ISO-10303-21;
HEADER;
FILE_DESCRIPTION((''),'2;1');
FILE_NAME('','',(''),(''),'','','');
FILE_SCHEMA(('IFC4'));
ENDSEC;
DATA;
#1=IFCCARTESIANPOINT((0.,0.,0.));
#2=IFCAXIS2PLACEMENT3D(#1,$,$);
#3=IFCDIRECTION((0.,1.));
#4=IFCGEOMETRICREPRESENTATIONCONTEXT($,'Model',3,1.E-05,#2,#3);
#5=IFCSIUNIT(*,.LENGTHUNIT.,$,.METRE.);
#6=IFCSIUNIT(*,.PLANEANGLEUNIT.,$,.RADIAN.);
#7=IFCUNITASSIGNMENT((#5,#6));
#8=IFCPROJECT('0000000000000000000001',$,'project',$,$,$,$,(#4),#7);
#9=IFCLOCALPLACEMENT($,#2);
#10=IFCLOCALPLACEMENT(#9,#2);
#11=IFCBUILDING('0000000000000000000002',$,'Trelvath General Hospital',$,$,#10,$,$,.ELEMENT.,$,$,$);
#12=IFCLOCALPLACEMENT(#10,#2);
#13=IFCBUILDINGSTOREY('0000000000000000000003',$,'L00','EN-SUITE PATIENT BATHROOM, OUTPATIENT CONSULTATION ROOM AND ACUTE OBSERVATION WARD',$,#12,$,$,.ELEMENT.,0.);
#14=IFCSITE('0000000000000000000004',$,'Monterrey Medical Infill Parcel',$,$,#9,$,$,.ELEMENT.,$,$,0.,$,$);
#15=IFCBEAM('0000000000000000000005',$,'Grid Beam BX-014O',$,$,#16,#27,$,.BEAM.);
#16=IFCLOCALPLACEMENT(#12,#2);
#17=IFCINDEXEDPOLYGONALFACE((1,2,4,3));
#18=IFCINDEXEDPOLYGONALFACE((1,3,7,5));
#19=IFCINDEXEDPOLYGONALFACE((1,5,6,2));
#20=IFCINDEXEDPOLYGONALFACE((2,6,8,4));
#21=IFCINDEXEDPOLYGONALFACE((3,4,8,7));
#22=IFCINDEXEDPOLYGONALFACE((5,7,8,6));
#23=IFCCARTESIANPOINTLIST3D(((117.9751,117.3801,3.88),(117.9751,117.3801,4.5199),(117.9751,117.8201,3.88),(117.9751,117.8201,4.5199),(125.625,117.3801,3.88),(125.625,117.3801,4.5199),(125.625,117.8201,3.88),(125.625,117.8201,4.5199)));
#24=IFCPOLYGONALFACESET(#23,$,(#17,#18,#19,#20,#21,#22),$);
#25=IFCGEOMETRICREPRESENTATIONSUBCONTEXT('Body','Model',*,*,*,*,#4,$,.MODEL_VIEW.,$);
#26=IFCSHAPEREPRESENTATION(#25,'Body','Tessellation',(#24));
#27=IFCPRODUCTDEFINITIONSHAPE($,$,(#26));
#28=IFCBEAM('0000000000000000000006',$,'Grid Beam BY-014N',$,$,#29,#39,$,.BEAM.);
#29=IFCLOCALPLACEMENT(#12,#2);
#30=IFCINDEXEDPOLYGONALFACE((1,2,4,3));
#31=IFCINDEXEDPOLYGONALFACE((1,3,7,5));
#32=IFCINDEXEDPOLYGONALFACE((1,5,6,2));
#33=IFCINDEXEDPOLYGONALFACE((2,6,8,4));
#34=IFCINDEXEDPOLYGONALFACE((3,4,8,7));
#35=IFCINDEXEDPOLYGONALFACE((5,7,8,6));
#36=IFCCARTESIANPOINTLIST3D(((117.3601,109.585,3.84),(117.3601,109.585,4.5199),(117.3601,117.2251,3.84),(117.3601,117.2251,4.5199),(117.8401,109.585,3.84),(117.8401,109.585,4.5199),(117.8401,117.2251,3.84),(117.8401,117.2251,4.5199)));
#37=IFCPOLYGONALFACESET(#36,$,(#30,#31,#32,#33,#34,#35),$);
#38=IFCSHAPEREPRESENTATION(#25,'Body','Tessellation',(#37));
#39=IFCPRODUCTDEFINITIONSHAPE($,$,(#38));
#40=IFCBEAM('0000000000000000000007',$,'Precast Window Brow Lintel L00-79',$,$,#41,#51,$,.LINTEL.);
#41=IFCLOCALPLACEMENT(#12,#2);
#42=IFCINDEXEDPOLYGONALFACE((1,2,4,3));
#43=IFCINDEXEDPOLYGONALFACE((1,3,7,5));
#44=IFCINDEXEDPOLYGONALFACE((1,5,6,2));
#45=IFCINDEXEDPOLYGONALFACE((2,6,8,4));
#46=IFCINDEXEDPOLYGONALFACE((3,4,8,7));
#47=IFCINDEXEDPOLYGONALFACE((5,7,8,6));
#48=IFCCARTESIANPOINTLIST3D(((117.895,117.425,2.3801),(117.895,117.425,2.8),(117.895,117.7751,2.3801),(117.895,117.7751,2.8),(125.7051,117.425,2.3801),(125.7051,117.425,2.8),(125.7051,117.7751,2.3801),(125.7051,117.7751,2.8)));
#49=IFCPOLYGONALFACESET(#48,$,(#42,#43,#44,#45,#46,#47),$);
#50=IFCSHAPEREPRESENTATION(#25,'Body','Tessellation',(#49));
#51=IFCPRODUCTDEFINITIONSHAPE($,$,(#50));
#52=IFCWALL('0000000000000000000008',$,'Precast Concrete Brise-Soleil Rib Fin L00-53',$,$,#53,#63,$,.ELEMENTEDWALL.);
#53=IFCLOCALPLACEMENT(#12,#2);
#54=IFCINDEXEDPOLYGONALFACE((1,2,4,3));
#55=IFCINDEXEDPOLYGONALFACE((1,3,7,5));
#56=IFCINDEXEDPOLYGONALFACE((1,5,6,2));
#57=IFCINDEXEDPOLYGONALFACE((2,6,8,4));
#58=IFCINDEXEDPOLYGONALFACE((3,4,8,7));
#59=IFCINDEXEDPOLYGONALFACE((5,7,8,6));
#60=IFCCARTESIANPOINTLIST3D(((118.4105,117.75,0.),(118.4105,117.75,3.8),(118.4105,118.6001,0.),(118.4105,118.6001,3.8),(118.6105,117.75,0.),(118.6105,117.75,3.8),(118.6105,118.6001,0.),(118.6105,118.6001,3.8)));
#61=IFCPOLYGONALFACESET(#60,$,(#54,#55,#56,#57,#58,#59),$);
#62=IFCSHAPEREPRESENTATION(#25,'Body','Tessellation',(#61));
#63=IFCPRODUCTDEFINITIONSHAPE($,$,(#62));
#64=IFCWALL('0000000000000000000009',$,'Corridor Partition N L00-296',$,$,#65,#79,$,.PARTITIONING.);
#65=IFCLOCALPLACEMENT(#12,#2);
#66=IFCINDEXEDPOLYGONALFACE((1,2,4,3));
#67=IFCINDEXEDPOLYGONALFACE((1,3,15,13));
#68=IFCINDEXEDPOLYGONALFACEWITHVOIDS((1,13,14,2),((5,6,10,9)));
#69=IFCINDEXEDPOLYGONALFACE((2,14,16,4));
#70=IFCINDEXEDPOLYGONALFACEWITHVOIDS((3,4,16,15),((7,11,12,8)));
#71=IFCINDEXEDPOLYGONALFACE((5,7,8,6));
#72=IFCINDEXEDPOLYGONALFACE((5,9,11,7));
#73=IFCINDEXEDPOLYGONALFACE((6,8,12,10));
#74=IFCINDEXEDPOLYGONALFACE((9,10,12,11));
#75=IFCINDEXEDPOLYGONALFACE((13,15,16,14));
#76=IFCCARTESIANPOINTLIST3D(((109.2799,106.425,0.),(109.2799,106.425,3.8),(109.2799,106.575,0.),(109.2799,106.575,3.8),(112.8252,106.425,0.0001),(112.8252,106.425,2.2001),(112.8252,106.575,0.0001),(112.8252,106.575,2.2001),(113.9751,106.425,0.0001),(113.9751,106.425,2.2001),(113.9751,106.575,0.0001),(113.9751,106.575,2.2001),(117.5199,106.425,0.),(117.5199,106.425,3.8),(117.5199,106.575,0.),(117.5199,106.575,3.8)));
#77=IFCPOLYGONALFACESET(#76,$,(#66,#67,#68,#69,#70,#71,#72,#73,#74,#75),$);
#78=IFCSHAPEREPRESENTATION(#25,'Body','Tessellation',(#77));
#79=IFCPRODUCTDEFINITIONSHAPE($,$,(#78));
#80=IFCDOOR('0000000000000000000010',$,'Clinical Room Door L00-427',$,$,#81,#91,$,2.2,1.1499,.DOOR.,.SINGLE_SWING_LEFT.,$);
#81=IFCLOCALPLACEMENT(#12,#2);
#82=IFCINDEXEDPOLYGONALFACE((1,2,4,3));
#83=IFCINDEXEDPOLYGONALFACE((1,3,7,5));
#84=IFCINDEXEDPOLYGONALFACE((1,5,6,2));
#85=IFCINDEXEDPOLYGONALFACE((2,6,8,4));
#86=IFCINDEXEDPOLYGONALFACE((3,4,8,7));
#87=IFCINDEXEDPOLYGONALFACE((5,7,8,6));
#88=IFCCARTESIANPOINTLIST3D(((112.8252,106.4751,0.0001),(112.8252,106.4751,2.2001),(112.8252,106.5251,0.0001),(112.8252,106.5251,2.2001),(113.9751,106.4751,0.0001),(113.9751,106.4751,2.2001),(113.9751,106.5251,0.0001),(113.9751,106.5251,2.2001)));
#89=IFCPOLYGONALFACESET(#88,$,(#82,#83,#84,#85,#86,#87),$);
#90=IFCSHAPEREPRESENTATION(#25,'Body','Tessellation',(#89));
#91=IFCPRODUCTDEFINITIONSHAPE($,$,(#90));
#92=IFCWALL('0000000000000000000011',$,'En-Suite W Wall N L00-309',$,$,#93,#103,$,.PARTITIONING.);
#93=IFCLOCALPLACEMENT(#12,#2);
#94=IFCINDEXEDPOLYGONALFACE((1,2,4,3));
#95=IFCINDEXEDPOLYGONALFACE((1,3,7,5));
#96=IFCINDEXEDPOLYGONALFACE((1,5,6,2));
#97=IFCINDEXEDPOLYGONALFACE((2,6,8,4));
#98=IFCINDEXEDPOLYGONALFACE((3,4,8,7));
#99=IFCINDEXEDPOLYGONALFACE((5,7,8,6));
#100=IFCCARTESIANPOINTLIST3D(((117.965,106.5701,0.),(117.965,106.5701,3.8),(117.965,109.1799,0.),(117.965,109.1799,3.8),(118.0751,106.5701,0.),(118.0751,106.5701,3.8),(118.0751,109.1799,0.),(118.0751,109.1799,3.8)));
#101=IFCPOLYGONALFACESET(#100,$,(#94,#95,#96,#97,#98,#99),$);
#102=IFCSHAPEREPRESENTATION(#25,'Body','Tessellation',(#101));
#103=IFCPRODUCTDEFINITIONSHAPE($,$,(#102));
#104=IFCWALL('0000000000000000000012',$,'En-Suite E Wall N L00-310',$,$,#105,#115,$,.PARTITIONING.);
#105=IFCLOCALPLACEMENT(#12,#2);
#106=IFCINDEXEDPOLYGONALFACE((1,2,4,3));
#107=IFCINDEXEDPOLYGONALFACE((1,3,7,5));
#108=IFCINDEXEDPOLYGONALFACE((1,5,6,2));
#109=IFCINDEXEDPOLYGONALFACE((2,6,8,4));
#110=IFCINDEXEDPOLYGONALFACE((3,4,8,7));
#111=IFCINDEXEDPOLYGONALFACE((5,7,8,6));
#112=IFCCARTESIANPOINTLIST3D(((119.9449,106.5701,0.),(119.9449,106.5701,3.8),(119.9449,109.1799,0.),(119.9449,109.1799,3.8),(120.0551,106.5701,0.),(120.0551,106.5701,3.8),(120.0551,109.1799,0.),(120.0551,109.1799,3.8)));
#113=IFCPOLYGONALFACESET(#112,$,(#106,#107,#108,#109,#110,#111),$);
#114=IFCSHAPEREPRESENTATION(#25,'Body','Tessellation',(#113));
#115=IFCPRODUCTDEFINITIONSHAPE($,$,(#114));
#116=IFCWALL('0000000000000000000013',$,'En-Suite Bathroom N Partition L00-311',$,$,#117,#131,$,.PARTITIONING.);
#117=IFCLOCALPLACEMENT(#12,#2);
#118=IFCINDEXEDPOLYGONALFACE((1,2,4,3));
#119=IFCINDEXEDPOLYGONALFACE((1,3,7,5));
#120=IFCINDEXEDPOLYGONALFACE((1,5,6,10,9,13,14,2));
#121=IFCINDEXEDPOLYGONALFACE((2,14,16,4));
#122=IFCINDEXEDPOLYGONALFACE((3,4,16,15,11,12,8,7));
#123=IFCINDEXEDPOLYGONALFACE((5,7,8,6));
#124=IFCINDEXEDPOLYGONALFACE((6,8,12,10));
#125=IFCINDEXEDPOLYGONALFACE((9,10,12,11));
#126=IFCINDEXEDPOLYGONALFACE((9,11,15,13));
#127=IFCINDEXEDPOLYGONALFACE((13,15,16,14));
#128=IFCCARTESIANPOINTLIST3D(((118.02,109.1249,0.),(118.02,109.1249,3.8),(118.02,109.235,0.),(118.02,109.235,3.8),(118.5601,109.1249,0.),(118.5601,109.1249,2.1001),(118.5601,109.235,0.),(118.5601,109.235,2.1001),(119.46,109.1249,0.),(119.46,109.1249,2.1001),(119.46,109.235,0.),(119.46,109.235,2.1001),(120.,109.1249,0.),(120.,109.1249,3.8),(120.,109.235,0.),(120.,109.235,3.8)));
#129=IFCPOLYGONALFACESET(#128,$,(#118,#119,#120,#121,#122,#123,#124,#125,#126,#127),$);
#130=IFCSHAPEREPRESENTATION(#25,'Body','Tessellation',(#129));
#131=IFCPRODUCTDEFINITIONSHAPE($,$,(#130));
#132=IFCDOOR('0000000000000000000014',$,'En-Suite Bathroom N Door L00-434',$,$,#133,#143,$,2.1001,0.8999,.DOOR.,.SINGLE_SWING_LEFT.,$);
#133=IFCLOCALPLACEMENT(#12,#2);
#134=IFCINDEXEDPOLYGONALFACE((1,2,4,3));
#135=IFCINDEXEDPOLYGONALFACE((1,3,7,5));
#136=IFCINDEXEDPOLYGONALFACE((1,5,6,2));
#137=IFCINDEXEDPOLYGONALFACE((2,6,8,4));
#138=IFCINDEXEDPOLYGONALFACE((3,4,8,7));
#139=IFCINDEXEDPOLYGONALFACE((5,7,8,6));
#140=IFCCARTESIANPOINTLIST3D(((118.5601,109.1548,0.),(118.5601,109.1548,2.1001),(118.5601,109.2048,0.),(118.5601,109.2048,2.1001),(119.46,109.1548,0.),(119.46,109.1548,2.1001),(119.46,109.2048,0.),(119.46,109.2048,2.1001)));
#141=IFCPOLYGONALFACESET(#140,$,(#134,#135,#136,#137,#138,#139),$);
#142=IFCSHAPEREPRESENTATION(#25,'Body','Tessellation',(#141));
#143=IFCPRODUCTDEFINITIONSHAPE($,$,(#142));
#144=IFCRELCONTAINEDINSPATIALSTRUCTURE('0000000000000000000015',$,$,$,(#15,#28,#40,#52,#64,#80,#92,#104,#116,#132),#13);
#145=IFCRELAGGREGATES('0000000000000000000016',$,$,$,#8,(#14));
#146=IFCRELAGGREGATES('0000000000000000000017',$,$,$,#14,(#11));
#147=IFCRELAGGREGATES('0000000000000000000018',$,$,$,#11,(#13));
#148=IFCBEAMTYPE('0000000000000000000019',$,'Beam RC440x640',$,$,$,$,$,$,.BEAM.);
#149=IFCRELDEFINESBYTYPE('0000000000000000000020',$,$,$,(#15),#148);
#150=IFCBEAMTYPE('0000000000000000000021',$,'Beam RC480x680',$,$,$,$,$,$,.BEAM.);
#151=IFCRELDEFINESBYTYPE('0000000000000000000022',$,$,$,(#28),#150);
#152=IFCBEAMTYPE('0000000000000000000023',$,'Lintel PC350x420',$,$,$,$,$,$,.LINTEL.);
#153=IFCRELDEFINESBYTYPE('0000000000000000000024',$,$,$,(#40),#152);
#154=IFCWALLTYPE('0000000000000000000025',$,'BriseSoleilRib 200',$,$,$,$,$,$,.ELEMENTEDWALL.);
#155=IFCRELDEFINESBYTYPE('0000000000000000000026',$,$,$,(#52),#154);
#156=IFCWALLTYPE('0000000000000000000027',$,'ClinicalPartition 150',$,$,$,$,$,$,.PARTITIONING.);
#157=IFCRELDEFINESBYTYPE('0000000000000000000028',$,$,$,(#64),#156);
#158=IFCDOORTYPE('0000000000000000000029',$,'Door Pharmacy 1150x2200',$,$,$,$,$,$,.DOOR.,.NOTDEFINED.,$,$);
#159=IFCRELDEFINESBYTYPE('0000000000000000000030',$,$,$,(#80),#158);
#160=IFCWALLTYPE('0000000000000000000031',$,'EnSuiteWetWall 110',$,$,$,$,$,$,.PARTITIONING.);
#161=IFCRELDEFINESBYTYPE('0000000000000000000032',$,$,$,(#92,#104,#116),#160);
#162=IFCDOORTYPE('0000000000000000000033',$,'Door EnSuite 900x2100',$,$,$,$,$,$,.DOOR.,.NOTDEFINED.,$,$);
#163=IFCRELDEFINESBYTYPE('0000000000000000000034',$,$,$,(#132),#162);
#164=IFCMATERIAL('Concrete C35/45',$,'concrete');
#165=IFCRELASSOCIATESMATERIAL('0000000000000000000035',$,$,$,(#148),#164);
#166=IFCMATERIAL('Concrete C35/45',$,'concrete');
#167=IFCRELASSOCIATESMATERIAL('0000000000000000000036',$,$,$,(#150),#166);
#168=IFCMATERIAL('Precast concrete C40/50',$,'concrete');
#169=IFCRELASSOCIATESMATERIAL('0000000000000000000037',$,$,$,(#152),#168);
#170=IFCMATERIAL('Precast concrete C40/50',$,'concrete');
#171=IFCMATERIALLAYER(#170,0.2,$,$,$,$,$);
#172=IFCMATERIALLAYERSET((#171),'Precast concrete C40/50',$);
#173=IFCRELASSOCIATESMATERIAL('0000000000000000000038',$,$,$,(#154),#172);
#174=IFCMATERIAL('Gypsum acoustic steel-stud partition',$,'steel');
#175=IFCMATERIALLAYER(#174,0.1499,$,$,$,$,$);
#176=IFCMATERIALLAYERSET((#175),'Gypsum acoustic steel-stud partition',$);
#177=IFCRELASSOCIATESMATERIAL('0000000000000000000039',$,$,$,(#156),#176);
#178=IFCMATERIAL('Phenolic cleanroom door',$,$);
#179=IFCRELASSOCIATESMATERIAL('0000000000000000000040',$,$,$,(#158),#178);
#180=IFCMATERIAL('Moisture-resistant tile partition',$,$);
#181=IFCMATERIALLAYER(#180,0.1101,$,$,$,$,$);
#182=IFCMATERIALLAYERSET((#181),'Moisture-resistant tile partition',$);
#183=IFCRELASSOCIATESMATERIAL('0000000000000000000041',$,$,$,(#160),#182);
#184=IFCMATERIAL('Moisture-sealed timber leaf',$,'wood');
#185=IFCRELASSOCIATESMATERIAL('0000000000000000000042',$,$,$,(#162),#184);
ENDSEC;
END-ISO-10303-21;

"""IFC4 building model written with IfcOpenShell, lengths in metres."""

from ifc_helpers import new_model, si_unit, direction, frame, frame_2d, origin, origin_2d, place, context, subcontext, project, spatial, rectangle, extrude, material, layer, layer_set, material_profile, profile_set, type_object, element, fill, save


model = new_model("IFC4")

# Units and contexts
model_context = context("Model", 3, precision=1e-05, world=origin(), true_north=direction((0.0, 1.0)))
body_context = subcontext(model_context, "Body", "Model", "MODEL_VIEW")
ifc_project = project(units=[si_unit("LENGTHUNIT", "METRE"), si_unit("PLANEANGLEUNIT", "RADIAN")], contexts=[model_context])

# Site, building, storey
site_placement = place(None, origin())
site = spatial("IfcSite", under=ifc_project, at=site_placement, Name="Monterrey Medical Infill Parcel", CompositionType="ELEMENT", RefElevation=0.0)
building_placement = place(site_placement, origin())
building = spatial("IfcBuilding", under=site, at=building_placement, Name="Trelvath General Hospital", CompositionType="ELEMENT")
storey_placement = place(building_placement, origin())
storey = spatial("IfcBuildingStorey", under=building, at=storey_placement, Name="L00", Description="EN-SUITE PATIENT BATHROOM, OUTPATIENT CONSULTATION ROOM AND ACUTE OBSERVATION WARD", CompositionType="ELEMENT", Elevation=0.0)

# Beams
ifc_material_1 = material(Name="Concrete C35/45", Category="concrete")
ifc_material_profile_1 = material_profile(ifc_material_1, rectangle(XDim=0.4399, YDim=0.6399, at=origin_2d()), Name="RCB440x640")
ifc_profile_set_1 = profile_set([ifc_material_profile_1], Name="Concrete C35/45")
beam_type_1 = type_object("IfcBeamType", Name="Beam RC440x640", PredefinedType="BEAM", material=ifc_profile_set_1)
beam_1_placement = place(storey_placement, frame((117.9751, 117.6001, 4.2), z_axis=(1.0, 0.0, 0.0), x_axis=(0.0, 1.0, 0.0)))
element("IfcBeam", 1, at=beam_1_placement, inside=storey, type_object=beam_type_1, Name="Grid Beam BX-014O", PredefinedType="BEAM", context=body_context, shape_type="SweptSolid", body=[
    extrude(rectangle(XDim=0.4399, YDim=0.6399, at=origin_2d()), origin(), (0.0, 0.0, 1.0), 7.6499),
])
ifc_material_2 = material(Name="Concrete C35/45", Category="concrete")
ifc_material_profile_2 = material_profile(ifc_material_2, rectangle(XDim=0.48, YDim=0.6799, at=origin_2d()), Name="RCB480x680")
ifc_profile_set_2 = profile_set([ifc_material_profile_2], Name="Concrete C35/45")
beam_type_2 = type_object("IfcBeamType", Name="Beam RC480x680", PredefinedType="BEAM", material=ifc_profile_set_2)
beam_2_placement = place(storey_placement, frame((117.6001, 109.585, 4.1799), z_axis=(0.0, 1.0, 0.0), x_axis=(-1.0, 0.0, 0.0)))
element("IfcBeam", 2, at=beam_2_placement, inside=storey, type_object=beam_type_2, Name="Grid Beam BY-014N", PredefinedType="BEAM", context=body_context, shape_type="SweptSolid", body=[
    extrude(rectangle(XDim=0.48, YDim=0.6799, at=origin_2d()), origin(), (0.0, 0.0, 1.0), 7.6401),
])
ifc_material_3 = material(Name="Precast concrete C40/50", Category="concrete")
ifc_material_profile_3 = material_profile(ifc_material_3, rectangle(XDim=0.3501, YDim=0.4199, at=origin_2d()), Name="PCL350x420")
ifc_profile_set_3 = profile_set([ifc_material_profile_3], Name="Precast concrete C40/50")
beam_type_3 = type_object("IfcBeamType", Name="Lintel PC350x420", PredefinedType="LINTEL", material=ifc_profile_set_3)
beam_3_placement = place(storey_placement, frame((117.895, 117.6001, 2.5901), z_axis=(1.0, 0.0, 0.0), x_axis=(0.0, 1.0, 0.0)))
element("IfcBeam", 3, at=beam_3_placement, inside=storey, type_object=beam_type_3, Name="Precast Window Brow Lintel L00-79", PredefinedType="LINTEL", context=body_context, shape_type="SweptSolid", body=[
    extrude(rectangle(XDim=0.3501, YDim=0.4199, at=origin_2d()), origin(), (0.0, 0.0, 1.0), 7.8101),
])

# Wall
ifc_material_4 = material(Name="Precast concrete C40/50", Category="concrete")
ifc_layer_1 = layer(ifc_material_4, 0.2)
ifc_layer_set_1 = layer_set([ifc_layer_1], Name="Precast concrete C40/50")
wall_type_1 = type_object("IfcWallType", Name="BriseSoleilRib 200", PredefinedType="ELEMENTEDWALL", material=ifc_layer_set_1)
wall_1_placement = place(storey_placement, frame((118.5105, 117.75, 0.0), z_axis=(0.0, 0.0, 1.0), x_axis=(0.0, 1.0, 0.0)))
element("IfcWall", 4, at=wall_1_placement, inside=storey, type_object=wall_type_1, Name="Precast Concrete Brise-Soleil Rib Fin L00-53", PredefinedType="ELEMENTEDWALL", context=body_context, shape_type="SweptSolid", body=[
    extrude(rectangle(XDim=0.8501, YDim=0.2, at=frame_2d((0.425, 0.0))), origin(), (0.0, 0.0, 1.0), 3.8),
])

# Wall, opening, door
ifc_material_5 = material(Name="Gypsum acoustic steel-stud partition", Category="steel")
ifc_layer_2 = layer(ifc_material_5, 0.1499)
ifc_layer_set_2 = layer_set([ifc_layer_2], Name="Gypsum acoustic steel-stud partition")
wall_type_2 = type_object("IfcWallType", Name="ClinicalPartition 150", PredefinedType="PARTITIONING", material=ifc_layer_set_2)
wall_2_placement = place(storey_placement, frame((117.52, 106.5, 0.0), z_axis=(0.0, 0.0, 1.0), x_axis=(-1.0, 0.0, 0.0)))
wall_2 = element("IfcWall", 5, at=wall_2_placement, inside=storey, type_object=wall_type_2, Name="Corridor Partition N L00-296", PredefinedType="PARTITIONING", context=body_context, shape_type="SweptSolid", body=[
    extrude(rectangle(XDim=8.24, YDim=0.1499, at=frame_2d((4.1201, 0.0))), origin(), (0.0, 0.0, 1.0), 3.8),
])
opening_1_placement = place(wall_2_placement, frame((3.5449, 0.0, 0.0)))
opening_1 = element("IfcOpeningElement", 6, at=opening_1_placement, cuts=wall_2, PredefinedType="OPENING", context=body_context, shape_type="SweptSolid", body=[
    extrude(rectangle(XDim=1.1499, YDim=2.2, at=frame_2d((0.575, 1.1001))), frame((0.0, 0.085, 0.0), z_axis=(0.0, -1.0, 0.0), x_axis=(1.0, 0.0, 0.0)), (0.0, 0.0, 1.0), 0.1699),
])
ifc_material_6 = material(Name="Phenolic cleanroom door")
door_type_1 = type_object("IfcDoorType", Name="Door Pharmacy 1150x2200", OperationType="NOTDEFINED", PredefinedType="DOOR", material=ifc_material_6)
door_1_placement = place(opening_1_placement, origin())
door_1 = element("IfcDoor", 7, at=door_1_placement, inside=storey, type_object=door_type_1, Name="Clinical Room Door L00-427", OperationType="SINGLE_SWING_LEFT", OverallHeight=2.2, OverallWidth=1.1499, PredefinedType="DOOR", context=body_context, shape_type="SweptSolid", body=[
    extrude(rectangle(XDim=1.1499, YDim=2.2, at=frame_2d((0.575, 1.1001))), frame((0.0, 0.0249, 0.0), z_axis=(0.0, -1.0, 0.0), x_axis=(1.0, 0.0, 0.0)), (0.0, 0.0, 1.0), 0.05),
])
fill(opening_1, door_1)

# Walls
ifc_material_7 = material(Name="Moisture-resistant tile partition")
ifc_layer_3 = layer(ifc_material_7, 0.1101)
ifc_layer_set_3 = layer_set([ifc_layer_3], Name="Moisture-resistant tile partition")
wall_type_3 = type_object("IfcWallType", Name="EnSuiteWetWall 110", PredefinedType="PARTITIONING", material=ifc_layer_set_3)
for number, where, z_axis, x_axis, name in (
    (8, (118.02, 106.5701, 0.0), (0.0, 0.0, 1.0), (0.0, 1.0, 0.0), "En-Suite W Wall N L00-309"),
    (9, (120.0, 106.5701, 0.0), (0.0, 0.0, 1.0), (0.0, 1.0, 0.0), "En-Suite E Wall N L00-310"),
):
    element("IfcWall", number, at=place(storey_placement, frame(where, z_axis=z_axis, x_axis=x_axis)), inside=storey, type_object=wall_type_3, Name=name, PredefinedType="PARTITIONING", context=body_context, shape_type="SweptSolid", body=[
        extrude(rectangle(XDim=2.6099, YDim=0.1101, at=frame_2d((1.3049, 0.0))), origin(), (0.0, 0.0, 1.0), 3.8),
    ])

# Wall, opening, door
wall_3_placement = place(storey_placement, frame((118.02, 109.1799, 0.0), z_axis=(0.0, 0.0, 1.0), x_axis=(1.0, 0.0, 0.0)))
wall_3 = element("IfcWall", 10, at=wall_3_placement, inside=storey, type_object=wall_type_3, Name="En-Suite Bathroom N Partition L00-311", PredefinedType="PARTITIONING", context=body_context, shape_type="SweptSolid", body=[
    extrude(rectangle(XDim=1.98, YDim=0.1101, at=frame_2d((0.99, 0.0))), origin(), (0.0, 0.0, 1.0), 3.8),
])
opening_2_placement = place(wall_3_placement, frame((0.54, 0.0, 0.0)))
opening_2 = element("IfcOpeningElement", 11, at=opening_2_placement, cuts=wall_3, PredefinedType="OPENING", context=body_context, shape_type="SweptSolid", body=[
    extrude(rectangle(XDim=0.8999, YDim=2.1001, at=frame_2d((0.45, 1.05))), frame((0.0, 0.0649, 0.0), z_axis=(0.0, -1.0, 0.0), x_axis=(1.0, 0.0, 0.0)), (0.0, 0.0, 1.0), 0.1301),
])
ifc_material_8 = material(Name="Moisture-sealed timber leaf", Category="wood")
door_type_2 = type_object("IfcDoorType", Name="Door EnSuite 900x2100", OperationType="NOTDEFINED", PredefinedType="DOOR", material=ifc_material_8)
door_2_placement = place(opening_2_placement, origin())
door_2 = element("IfcDoor", 12, at=door_2_placement, inside=storey, type_object=door_type_2, Name="En-Suite Bathroom N Door L00-434", OperationType="SINGLE_SWING_LEFT", OverallHeight=2.1001, OverallWidth=0.8999, PredefinedType="DOOR", context=body_context, shape_type="SweptSolid", body=[
    extrude(rectangle(XDim=0.8999, YDim=2.1001, at=frame_2d((0.45, 1.05))), frame((0.0, 0.0249, 0.0), z_axis=(0.0, -1.0, 0.0), x_axis=(1.0, 0.0, 0.0)), (0.0, 0.0, 1.0), 0.05),
])
fill(opening_2, door_2)

save(model, "model.ifc")
